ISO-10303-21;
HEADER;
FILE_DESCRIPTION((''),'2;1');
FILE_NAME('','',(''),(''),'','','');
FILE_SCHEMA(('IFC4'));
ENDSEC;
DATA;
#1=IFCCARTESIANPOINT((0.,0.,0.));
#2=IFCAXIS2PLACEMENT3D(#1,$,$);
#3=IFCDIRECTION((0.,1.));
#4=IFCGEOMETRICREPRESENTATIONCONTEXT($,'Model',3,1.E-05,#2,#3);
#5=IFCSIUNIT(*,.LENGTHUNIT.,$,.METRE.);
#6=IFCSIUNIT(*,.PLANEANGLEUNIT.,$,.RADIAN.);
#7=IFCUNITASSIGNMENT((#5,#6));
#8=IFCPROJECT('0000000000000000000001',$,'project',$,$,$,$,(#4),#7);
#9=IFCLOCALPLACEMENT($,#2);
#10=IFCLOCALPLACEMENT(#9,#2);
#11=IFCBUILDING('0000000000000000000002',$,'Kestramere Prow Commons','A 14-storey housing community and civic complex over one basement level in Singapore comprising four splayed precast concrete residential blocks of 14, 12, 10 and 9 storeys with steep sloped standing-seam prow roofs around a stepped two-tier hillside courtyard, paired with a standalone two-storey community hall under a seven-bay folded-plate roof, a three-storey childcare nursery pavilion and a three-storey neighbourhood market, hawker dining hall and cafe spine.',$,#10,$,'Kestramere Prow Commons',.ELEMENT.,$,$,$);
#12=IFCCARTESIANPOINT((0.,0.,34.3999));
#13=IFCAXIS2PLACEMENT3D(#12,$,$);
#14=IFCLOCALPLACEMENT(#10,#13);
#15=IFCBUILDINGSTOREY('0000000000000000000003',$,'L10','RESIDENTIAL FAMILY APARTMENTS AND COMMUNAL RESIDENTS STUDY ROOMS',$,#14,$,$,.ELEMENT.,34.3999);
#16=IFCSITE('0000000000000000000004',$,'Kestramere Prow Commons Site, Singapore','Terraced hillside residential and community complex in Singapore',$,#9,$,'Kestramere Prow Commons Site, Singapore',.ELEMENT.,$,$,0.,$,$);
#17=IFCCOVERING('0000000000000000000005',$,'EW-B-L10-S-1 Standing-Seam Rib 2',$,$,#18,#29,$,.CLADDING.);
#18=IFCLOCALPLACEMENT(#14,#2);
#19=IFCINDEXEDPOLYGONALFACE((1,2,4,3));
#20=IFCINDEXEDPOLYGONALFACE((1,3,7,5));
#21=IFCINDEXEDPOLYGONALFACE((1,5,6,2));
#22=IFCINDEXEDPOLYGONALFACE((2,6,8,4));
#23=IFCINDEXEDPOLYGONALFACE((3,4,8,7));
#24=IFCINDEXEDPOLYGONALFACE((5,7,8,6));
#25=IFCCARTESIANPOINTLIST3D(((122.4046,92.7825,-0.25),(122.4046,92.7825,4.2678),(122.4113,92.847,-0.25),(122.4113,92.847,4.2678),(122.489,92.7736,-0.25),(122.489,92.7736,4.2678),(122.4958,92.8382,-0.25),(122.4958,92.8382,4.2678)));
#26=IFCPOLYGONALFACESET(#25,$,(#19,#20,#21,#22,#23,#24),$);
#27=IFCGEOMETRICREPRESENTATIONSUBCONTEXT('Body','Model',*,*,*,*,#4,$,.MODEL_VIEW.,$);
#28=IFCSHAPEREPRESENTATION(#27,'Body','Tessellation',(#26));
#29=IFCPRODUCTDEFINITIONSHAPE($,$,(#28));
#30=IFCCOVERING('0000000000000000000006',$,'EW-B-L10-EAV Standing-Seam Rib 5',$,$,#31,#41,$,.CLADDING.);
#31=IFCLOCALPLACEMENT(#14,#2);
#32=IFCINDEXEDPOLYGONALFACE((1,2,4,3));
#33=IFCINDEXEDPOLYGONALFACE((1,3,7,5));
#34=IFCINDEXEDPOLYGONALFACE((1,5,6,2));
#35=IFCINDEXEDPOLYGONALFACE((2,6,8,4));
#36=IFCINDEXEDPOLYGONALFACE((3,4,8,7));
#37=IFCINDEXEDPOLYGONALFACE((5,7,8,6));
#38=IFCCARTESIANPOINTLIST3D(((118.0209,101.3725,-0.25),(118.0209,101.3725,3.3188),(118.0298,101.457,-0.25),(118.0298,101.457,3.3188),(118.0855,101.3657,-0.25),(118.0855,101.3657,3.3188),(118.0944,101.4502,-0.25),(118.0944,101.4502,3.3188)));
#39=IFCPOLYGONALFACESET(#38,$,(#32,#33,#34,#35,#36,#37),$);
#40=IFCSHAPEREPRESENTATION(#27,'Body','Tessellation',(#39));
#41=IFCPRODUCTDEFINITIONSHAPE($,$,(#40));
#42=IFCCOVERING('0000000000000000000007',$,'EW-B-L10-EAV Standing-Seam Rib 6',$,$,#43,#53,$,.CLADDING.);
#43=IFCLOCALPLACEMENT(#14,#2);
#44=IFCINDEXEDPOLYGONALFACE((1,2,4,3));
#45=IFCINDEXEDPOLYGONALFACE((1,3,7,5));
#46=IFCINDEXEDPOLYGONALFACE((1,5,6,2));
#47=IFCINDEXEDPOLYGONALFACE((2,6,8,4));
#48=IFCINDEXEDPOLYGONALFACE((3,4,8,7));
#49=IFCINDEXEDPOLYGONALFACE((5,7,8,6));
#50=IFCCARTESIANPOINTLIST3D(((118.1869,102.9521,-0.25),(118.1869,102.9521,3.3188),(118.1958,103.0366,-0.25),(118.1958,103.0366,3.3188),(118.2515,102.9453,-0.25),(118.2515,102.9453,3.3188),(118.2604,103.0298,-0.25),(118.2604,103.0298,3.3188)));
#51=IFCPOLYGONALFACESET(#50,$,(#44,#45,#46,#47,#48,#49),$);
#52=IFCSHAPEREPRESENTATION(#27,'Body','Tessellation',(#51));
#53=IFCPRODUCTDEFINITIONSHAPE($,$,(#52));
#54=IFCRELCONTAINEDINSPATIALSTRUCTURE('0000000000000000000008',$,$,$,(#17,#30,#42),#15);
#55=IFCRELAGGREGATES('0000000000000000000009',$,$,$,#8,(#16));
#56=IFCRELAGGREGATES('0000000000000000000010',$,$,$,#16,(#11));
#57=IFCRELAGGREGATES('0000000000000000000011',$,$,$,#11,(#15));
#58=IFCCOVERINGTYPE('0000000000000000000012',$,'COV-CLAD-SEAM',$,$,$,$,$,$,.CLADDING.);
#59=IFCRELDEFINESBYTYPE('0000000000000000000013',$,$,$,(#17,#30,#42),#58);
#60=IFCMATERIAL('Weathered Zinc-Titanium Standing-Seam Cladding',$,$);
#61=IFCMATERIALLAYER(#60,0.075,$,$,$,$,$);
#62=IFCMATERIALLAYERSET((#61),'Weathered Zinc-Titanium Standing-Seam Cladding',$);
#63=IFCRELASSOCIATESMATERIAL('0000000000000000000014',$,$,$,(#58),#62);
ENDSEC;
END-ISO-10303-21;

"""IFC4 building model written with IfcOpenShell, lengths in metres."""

from ifc_helpers import new_model, si_unit, direction, frame, origin, origin_2d, place, context, subcontext, project, spatial, rectangle, extrude, material, layer, layer_set, type_object, element, save


model = new_model("IFC4")

# Units and contexts
model_context = context("Model", 3, precision=1e-05, world=origin(), true_north=direction((0.0, 1.0)))
body_context = subcontext(model_context, "Body", "Model", "MODEL_VIEW")
ifc_project = project(units=[si_unit("LENGTHUNIT", "METRE"), si_unit("PLANEANGLEUNIT", "RADIAN")], contexts=[model_context])

# Site, building, storey
site_placement = place(None, origin())
site = spatial("IfcSite", under=ifc_project, at=site_placement, Name="Kestramere Prow Commons Site, Singapore", Description="Terraced hillside residential and community complex in Singapore", LongName="Kestramere Prow Commons Site, Singapore", CompositionType="ELEMENT", RefElevation=0.0)
building_placement = place(site_placement, origin())
building = spatial("IfcBuilding", under=site, at=building_placement, Name="Kestramere Prow Commons", Description="A 14-storey housing community and civic complex over one basement level in Singapore comprising four splayed precast concrete residential blocks of 14, 12, 10 and 9 storeys with steep sloped standing-seam prow roofs around a stepped two-tier hillside courtyard, paired with a standalone two-storey community hall under a seven-bay folded-plate roof, a three-storey childcare nursery pavilion and a three-storey neighbourhood market, hawker dining hall and cafe spine.", LongName="Kestramere Prow Commons", CompositionType="ELEMENT")
storey_placement = place(building_placement, frame((0.0, 0.0, 34.3999)))
storey = spatial("IfcBuildingStorey", under=building, at=storey_placement, Name="L10", Description="RESIDENTIAL FAMILY APARTMENTS AND COMMUNAL RESIDENTS STUDY ROOMS", CompositionType="ELEMENT", Elevation=34.3999)

# Coverings
ifc_material_1 = material(Name="Weathered Zinc-Titanium Standing-Seam Cladding")
ifc_layer_1 = layer(ifc_material_1, 0.075)
ifc_layer_set_1 = layer_set([ifc_layer_1], Name="Weathered Zinc-Titanium Standing-Seam Cladding")
covering_type = type_object("IfcCoveringType", Name="COV-CLAD-SEAM", PredefinedType="CLADDING", material=ifc_layer_set_1)
covering_1_placement = place(storey_placement, frame((122.4502, 92.8103, -0.25), z_axis=(0.0, 0.0, 1.0), x_axis=(-0.994522, 0.104528, 0.0)))
element("IfcCovering", 1, at=covering_1_placement, inside=storey, type_object=covering_type, Name="EW-B-L10-S-1 Standing-Seam Rib 2", PredefinedType="CLADDING", context=body_context, shape_type="SweptSolid", body=[
    extrude(rectangle(XDim=0.085, YDim=0.0649, at=origin_2d()), origin(), (0.0, 0.0, 1.0), 4.5178),
])
for number, where, z_axis, x_axis, name in (
    (2, (118.0576, 101.4114, -0.25), (0.0, 0.0, 1.0), (0.104528, 0.994522, 0.0), "EW-B-L10-EAV Standing-Seam Rib 5"),
    (3, (118.2236, 102.991, -0.25), (0.0, 0.0, 1.0), (0.104528, 0.994522, 0.0), "EW-B-L10-EAV Standing-Seam Rib 6"),
):
    element("IfcCovering", number, at=place(storey_placement, frame(where, z_axis=z_axis, x_axis=x_axis)), inside=storey, type_object=covering_type, Name=name, PredefinedType="CLADDING", context=body_context, shape_type="SweptSolid", body=[
        extrude(rectangle(XDim=0.085, YDim=0.0649, at=origin_2d()), origin(), (0.0, 0.0, 1.0), 3.5688),
    ])

save(model, "model.ifc")
